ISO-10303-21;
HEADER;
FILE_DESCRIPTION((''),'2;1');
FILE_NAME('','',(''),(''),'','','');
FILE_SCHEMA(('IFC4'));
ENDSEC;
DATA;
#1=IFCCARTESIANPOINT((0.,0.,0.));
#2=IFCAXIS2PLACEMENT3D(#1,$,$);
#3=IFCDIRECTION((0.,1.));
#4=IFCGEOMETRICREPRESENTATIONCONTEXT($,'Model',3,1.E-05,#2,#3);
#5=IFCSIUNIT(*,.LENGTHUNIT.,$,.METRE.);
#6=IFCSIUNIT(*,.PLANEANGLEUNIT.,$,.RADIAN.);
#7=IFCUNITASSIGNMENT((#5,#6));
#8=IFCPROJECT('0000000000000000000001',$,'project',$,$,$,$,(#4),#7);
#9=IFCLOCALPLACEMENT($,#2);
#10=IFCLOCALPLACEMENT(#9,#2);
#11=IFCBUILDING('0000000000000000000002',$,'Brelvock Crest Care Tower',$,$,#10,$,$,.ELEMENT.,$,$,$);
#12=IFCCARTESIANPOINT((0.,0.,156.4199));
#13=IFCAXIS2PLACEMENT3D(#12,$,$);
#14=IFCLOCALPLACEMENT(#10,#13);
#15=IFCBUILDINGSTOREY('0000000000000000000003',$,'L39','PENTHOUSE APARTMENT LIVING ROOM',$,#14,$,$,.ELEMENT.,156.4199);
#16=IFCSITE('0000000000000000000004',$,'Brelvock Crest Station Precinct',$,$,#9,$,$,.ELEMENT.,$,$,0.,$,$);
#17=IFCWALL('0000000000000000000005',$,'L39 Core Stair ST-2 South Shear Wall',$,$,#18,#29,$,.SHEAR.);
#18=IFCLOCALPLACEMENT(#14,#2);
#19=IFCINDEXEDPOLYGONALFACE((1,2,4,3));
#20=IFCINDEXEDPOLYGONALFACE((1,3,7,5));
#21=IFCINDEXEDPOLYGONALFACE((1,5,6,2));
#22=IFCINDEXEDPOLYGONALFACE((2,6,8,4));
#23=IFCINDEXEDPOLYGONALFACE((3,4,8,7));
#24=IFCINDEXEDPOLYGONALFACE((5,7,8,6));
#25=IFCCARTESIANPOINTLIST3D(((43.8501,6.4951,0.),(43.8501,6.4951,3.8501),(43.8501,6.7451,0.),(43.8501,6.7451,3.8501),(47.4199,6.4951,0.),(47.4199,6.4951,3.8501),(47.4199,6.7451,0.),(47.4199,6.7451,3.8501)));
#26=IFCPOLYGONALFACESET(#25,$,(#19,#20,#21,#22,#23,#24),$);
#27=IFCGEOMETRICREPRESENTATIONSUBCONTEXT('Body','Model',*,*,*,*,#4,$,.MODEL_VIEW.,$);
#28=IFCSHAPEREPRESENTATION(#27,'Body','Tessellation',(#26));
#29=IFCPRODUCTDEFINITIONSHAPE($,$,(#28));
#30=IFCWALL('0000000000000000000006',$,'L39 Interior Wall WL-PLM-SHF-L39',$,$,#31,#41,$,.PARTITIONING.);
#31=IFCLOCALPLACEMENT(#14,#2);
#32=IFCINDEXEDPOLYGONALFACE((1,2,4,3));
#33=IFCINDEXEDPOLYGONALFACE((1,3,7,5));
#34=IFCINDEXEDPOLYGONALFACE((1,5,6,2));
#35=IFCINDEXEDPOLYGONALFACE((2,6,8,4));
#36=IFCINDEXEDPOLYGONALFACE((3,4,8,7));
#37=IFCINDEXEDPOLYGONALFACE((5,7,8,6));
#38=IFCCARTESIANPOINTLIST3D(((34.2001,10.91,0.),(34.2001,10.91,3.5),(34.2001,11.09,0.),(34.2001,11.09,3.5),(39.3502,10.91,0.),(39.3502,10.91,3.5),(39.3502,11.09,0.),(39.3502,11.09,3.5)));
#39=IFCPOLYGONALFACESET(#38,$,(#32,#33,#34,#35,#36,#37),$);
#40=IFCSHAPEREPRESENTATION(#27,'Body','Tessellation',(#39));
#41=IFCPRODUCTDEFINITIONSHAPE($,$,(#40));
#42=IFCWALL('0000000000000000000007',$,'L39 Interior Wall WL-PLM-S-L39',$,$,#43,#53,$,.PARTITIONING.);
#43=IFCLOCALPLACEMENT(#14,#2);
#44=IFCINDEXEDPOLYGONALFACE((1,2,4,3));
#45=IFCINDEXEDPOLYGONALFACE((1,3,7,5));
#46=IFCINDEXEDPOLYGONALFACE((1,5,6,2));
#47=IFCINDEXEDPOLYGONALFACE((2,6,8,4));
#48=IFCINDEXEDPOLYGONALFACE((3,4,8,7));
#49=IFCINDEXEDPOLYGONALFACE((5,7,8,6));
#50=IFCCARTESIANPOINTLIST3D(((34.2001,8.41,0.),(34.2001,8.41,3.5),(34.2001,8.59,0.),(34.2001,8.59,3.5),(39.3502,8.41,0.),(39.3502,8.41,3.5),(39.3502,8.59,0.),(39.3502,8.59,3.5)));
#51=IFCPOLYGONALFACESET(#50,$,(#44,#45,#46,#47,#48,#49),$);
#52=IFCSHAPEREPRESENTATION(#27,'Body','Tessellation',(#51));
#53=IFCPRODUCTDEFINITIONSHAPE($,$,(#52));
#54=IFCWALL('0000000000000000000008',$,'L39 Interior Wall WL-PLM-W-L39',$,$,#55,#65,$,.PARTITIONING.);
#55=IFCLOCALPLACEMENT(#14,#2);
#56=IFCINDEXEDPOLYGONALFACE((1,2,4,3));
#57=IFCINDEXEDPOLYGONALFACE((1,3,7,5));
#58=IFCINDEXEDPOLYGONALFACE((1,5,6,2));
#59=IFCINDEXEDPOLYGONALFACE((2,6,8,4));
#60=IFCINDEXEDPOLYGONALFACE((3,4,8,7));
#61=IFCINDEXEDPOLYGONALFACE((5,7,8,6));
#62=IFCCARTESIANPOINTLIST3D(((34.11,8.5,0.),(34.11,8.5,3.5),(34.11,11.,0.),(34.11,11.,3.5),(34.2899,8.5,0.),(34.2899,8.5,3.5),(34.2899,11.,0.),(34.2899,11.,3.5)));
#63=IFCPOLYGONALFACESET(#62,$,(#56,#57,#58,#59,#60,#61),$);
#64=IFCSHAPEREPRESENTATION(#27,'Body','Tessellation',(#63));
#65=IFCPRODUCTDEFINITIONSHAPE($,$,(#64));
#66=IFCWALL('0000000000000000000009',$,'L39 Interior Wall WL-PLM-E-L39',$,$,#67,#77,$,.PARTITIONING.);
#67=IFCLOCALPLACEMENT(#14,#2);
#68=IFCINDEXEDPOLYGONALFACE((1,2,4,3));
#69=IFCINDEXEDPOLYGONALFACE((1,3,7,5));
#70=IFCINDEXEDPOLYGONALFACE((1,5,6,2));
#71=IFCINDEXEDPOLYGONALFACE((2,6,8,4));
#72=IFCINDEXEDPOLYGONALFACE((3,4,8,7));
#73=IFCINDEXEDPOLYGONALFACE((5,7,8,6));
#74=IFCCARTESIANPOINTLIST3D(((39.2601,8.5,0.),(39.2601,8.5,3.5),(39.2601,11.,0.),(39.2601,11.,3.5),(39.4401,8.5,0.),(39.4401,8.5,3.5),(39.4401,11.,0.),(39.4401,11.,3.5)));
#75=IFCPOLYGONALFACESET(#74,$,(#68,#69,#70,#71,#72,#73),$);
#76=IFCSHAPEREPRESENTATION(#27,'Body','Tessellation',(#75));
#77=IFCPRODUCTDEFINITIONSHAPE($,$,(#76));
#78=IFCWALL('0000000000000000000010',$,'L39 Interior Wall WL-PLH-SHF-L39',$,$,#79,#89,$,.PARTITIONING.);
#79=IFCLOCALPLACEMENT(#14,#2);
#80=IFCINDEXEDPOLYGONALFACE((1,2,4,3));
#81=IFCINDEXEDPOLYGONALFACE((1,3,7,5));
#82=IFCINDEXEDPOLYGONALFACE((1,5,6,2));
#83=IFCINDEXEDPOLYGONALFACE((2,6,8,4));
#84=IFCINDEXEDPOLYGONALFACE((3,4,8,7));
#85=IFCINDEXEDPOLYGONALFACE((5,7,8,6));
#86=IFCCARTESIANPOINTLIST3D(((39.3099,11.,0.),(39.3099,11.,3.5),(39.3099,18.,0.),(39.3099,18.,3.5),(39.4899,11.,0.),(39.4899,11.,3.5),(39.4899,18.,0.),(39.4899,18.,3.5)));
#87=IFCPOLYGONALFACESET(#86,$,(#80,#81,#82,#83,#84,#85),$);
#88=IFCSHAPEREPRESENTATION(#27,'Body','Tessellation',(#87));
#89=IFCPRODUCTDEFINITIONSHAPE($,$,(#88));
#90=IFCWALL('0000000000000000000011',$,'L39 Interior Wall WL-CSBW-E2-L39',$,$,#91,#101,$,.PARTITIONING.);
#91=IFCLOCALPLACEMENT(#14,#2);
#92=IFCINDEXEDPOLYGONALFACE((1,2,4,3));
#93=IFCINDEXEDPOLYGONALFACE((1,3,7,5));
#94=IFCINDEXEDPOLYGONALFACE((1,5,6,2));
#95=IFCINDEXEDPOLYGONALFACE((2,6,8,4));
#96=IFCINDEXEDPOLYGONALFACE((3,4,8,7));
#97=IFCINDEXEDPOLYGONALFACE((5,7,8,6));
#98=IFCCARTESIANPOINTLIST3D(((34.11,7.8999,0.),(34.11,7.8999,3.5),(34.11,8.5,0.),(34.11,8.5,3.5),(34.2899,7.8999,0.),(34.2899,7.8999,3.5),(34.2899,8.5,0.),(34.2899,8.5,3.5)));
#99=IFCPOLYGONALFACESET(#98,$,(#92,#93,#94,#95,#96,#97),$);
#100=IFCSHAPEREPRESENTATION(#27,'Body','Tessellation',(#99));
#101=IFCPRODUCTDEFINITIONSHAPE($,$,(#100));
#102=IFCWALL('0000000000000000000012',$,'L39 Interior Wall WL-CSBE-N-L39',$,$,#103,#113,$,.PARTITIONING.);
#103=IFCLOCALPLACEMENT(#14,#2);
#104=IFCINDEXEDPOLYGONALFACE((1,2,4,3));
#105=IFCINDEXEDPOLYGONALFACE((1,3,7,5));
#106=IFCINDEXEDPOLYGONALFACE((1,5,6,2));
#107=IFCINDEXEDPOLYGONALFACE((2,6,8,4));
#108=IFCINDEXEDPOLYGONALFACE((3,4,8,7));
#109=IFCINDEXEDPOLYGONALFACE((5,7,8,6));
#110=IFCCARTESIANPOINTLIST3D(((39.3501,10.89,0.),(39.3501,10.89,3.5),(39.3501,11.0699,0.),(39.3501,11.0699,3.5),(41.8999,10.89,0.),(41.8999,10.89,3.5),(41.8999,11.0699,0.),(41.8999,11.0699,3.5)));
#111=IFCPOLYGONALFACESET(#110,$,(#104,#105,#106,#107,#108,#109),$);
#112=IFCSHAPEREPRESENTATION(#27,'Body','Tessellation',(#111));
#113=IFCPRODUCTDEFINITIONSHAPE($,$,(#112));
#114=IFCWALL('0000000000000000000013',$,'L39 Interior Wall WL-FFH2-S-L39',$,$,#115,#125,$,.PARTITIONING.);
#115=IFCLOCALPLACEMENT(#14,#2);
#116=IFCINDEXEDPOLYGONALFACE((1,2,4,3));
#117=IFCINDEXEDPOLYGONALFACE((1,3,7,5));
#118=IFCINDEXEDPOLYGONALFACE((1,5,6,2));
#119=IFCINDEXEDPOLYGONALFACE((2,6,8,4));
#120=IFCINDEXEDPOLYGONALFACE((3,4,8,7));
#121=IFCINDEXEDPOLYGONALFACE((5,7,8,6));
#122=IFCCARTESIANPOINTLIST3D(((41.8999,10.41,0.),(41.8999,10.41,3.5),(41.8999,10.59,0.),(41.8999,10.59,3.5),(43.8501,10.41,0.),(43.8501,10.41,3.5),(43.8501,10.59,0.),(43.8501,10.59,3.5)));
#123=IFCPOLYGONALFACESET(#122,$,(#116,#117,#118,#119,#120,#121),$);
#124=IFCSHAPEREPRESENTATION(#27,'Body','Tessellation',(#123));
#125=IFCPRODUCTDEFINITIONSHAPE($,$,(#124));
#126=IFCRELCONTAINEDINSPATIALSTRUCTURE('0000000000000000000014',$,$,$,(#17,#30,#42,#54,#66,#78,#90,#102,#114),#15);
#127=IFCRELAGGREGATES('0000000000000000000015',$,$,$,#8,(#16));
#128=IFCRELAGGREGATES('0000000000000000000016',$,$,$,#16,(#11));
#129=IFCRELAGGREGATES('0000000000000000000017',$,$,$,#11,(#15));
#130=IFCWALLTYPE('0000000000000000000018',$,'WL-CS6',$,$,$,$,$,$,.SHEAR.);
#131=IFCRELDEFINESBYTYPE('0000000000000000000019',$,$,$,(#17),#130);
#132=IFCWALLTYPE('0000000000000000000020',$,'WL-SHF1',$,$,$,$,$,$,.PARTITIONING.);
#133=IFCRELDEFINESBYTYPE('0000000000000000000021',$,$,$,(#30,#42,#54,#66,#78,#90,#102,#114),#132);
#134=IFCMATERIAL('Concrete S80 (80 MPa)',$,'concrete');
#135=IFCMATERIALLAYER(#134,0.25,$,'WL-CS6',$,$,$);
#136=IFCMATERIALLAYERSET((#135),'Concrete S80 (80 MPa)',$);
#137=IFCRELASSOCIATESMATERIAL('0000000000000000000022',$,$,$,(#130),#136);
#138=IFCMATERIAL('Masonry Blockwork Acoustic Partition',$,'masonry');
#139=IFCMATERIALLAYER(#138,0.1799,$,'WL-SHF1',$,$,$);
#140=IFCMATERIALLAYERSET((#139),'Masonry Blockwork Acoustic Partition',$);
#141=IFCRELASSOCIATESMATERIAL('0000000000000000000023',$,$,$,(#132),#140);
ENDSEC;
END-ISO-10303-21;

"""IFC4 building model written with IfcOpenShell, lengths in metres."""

from ifc_helpers import new_model, si_unit, direction, frame, frame_2d, origin, place, context, subcontext, project, spatial, rectangle, extrude, material, layer, layer_set, type_object, element, save


model = new_model("IFC4")

# Units and contexts
model_context = context("Model", 3, precision=1e-05, world=origin(), true_north=direction((0.0, 1.0)))
body_context = subcontext(model_context, "Body", "Model", "MODEL_VIEW")
ifc_project = project(units=[si_unit("LENGTHUNIT", "METRE"), si_unit("PLANEANGLEUNIT", "RADIAN")], contexts=[model_context])

# Site, building, storey
site_placement = place(None, origin())
site = spatial("IfcSite", under=ifc_project, at=site_placement, Name="Brelvock Crest Station Precinct", CompositionType="ELEMENT", RefElevation=0.0)
building_placement = place(site_placement, origin())
building = spatial("IfcBuilding", under=site, at=building_placement, Name="Brelvock Crest Care Tower", CompositionType="ELEMENT")
storey_placement = place(building_placement, frame((0.0, 0.0, 156.4199)))
storey = spatial("IfcBuildingStorey", under=building, at=storey_placement, Name="L39", Description="PENTHOUSE APARTMENT LIVING ROOM", CompositionType="ELEMENT", Elevation=156.4199)

# Walls
ifc_material_1 = material(Name="Concrete S80 (80 MPa)", Category="concrete")
ifc_layer_1 = layer(ifc_material_1, 0.25, Name="WL-CS6")
ifc_layer_set_1 = layer_set([ifc_layer_1], Name="Concrete S80 (80 MPa)")
wall_type_1 = type_object("IfcWallType", Name="WL-CS6", PredefinedType="SHEAR", material=ifc_layer_set_1)
wall_1_placement = place(storey_placement, frame((43.8501, 6.6201, 0.0), z_axis=(0.0, 0.0, 1.0), x_axis=(1.0, 0.0, 0.0)))
element("IfcWall", 1, at=wall_1_placement, inside=storey, type_object=wall_type_1, Name="L39 Core Stair ST-2 South Shear Wall", PredefinedType="SHEAR", context=body_context, shape_type="SweptSolid", body=[
    extrude(rectangle(XDim=3.5698, YDim=0.25, at=frame_2d((1.7849, 0.0))), origin(), (0.0, 0.0, 1.0), 3.8501),
])
ifc_material_2 = material(Name="Masonry Blockwork Acoustic Partition", Category="masonry")
ifc_layer_2 = layer(ifc_material_2, 0.1799, Name="WL-SHF1")
ifc_layer_set_2 = layer_set([ifc_layer_2], Name="Masonry Blockwork Acoustic Partition")
wall_type_2 = type_object("IfcWallType", Name="WL-SHF1", PredefinedType="PARTITIONING", material=ifc_layer_set_2)
for number, where, z_axis, x_axis, name in (
    (2, (34.2, 11.0, 0.0), (0.0, 0.0, 1.0), (1.0, 0.0, 0.0), "L39 Interior Wall WL-PLM-SHF-L39"),
    (3, (34.2, 8.5, 0.0), (0.0, 0.0, 1.0), (1.0, 0.0, 0.0), "L39 Interior Wall WL-PLM-S-L39"),
):
    element("IfcWall", number, at=place(storey_placement, frame(where, z_axis=z_axis, x_axis=x_axis)), inside=storey, type_object=wall_type_2, Name=name, PredefinedType="PARTITIONING", context=body_context, shape_type="SweptSolid", body=[
        extrude(rectangle(XDim=5.1501, YDim=0.1799, at=frame_2d((2.5752, 0.0))), origin(), (0.0, 0.0, 1.0), 3.5),
    ])
for number, where, z_axis, x_axis, name in (
    (4, (34.2, 8.5, 0.0), (0.0, 0.0, 1.0), (0.0, 1.0, 0.0), "L39 Interior Wall WL-PLM-W-L39"),
    (5, (39.3501, 8.5, 0.0), (0.0, 0.0, 1.0), (0.0, 1.0, 0.0), "L39 Interior Wall WL-PLM-E-L39"),
):
    element("IfcWall", number, at=place(storey_placement, frame(where, z_axis=z_axis, x_axis=x_axis)), inside=storey, type_object=wall_type_2, Name=name, PredefinedType="PARTITIONING", context=body_context, shape_type="SweptSolid", body=[
        extrude(rectangle(XDim=2.5, YDim=0.1799, at=frame_2d((1.25, 0.0))), origin(), (0.0, 0.0, 1.0), 3.5),
    ])
wall_2_placement = place(storey_placement, frame((39.3999, 11.0, 0.0), z_axis=(0.0, 0.0, 1.0), x_axis=(0.0, 1.0, 0.0)))
element("IfcWall", 6, at=wall_2_placement, inside=storey, type_object=wall_type_2, Name="L39 Interior Wall WL-PLH-SHF-L39", PredefinedType="PARTITIONING", context=body_context, shape_type="SweptSolid", body=[
    extrude(rectangle(XDim=7.0, YDim=0.1799, at=frame_2d((3.5, 0.0))), origin(), (0.0, 0.0, 1.0), 3.5),
])
wall_3_placement = place(storey_placement, frame((34.2, 7.8999, 0.0), z_axis=(0.0, 0.0, 1.0), x_axis=(0.0, 1.0, 0.0)))
element("IfcWall", 7, at=wall_3_placement, inside=storey, type_object=wall_type_2, Name="L39 Interior Wall WL-CSBW-E2-L39", PredefinedType="PARTITIONING", context=body_context, shape_type="SweptSolid", body=[
    extrude(rectangle(XDim=0.6001, YDim=0.1799, at=frame_2d((0.3, 0.0))), origin(), (0.0, 0.0, 1.0), 3.5),
])
wall_4_placement = place(storey_placement, frame((39.3501, 10.98, 0.0), z_axis=(0.0, 0.0, 1.0), x_axis=(1.0, 0.0, 0.0)))
element("IfcWall", 8, at=wall_4_placement, inside=storey, type_object=wall_type_2, Name="L39 Interior Wall WL-CSBE-N-L39", PredefinedType="PARTITIONING", context=body_context, shape_type="SweptSolid", body=[
    extrude(rectangle(XDim=2.5498, YDim=0.1799, at=frame_2d((1.2749, 0.0))), origin(), (0.0, 0.0, 1.0), 3.5),
])
wall_5_placement = place(storey_placement, frame((41.8999, 10.5, 0.0), z_axis=(0.0, 0.0, 1.0), x_axis=(1.0, 0.0, 0.0)))
element("IfcWall", 9, at=wall_5_placement, inside=storey, type_object=wall_type_2, Name="L39 Interior Wall WL-FFH2-S-L39", PredefinedType="PARTITIONING", context=body_context, shape_type="SweptSolid", body=[
    extrude(rectangle(XDim=1.9502, YDim=0.1799, at=frame_2d((0.9751, 0.0))), origin(), (0.0, 0.0, 1.0), 3.5),
])

save(model, "model.ifc")
